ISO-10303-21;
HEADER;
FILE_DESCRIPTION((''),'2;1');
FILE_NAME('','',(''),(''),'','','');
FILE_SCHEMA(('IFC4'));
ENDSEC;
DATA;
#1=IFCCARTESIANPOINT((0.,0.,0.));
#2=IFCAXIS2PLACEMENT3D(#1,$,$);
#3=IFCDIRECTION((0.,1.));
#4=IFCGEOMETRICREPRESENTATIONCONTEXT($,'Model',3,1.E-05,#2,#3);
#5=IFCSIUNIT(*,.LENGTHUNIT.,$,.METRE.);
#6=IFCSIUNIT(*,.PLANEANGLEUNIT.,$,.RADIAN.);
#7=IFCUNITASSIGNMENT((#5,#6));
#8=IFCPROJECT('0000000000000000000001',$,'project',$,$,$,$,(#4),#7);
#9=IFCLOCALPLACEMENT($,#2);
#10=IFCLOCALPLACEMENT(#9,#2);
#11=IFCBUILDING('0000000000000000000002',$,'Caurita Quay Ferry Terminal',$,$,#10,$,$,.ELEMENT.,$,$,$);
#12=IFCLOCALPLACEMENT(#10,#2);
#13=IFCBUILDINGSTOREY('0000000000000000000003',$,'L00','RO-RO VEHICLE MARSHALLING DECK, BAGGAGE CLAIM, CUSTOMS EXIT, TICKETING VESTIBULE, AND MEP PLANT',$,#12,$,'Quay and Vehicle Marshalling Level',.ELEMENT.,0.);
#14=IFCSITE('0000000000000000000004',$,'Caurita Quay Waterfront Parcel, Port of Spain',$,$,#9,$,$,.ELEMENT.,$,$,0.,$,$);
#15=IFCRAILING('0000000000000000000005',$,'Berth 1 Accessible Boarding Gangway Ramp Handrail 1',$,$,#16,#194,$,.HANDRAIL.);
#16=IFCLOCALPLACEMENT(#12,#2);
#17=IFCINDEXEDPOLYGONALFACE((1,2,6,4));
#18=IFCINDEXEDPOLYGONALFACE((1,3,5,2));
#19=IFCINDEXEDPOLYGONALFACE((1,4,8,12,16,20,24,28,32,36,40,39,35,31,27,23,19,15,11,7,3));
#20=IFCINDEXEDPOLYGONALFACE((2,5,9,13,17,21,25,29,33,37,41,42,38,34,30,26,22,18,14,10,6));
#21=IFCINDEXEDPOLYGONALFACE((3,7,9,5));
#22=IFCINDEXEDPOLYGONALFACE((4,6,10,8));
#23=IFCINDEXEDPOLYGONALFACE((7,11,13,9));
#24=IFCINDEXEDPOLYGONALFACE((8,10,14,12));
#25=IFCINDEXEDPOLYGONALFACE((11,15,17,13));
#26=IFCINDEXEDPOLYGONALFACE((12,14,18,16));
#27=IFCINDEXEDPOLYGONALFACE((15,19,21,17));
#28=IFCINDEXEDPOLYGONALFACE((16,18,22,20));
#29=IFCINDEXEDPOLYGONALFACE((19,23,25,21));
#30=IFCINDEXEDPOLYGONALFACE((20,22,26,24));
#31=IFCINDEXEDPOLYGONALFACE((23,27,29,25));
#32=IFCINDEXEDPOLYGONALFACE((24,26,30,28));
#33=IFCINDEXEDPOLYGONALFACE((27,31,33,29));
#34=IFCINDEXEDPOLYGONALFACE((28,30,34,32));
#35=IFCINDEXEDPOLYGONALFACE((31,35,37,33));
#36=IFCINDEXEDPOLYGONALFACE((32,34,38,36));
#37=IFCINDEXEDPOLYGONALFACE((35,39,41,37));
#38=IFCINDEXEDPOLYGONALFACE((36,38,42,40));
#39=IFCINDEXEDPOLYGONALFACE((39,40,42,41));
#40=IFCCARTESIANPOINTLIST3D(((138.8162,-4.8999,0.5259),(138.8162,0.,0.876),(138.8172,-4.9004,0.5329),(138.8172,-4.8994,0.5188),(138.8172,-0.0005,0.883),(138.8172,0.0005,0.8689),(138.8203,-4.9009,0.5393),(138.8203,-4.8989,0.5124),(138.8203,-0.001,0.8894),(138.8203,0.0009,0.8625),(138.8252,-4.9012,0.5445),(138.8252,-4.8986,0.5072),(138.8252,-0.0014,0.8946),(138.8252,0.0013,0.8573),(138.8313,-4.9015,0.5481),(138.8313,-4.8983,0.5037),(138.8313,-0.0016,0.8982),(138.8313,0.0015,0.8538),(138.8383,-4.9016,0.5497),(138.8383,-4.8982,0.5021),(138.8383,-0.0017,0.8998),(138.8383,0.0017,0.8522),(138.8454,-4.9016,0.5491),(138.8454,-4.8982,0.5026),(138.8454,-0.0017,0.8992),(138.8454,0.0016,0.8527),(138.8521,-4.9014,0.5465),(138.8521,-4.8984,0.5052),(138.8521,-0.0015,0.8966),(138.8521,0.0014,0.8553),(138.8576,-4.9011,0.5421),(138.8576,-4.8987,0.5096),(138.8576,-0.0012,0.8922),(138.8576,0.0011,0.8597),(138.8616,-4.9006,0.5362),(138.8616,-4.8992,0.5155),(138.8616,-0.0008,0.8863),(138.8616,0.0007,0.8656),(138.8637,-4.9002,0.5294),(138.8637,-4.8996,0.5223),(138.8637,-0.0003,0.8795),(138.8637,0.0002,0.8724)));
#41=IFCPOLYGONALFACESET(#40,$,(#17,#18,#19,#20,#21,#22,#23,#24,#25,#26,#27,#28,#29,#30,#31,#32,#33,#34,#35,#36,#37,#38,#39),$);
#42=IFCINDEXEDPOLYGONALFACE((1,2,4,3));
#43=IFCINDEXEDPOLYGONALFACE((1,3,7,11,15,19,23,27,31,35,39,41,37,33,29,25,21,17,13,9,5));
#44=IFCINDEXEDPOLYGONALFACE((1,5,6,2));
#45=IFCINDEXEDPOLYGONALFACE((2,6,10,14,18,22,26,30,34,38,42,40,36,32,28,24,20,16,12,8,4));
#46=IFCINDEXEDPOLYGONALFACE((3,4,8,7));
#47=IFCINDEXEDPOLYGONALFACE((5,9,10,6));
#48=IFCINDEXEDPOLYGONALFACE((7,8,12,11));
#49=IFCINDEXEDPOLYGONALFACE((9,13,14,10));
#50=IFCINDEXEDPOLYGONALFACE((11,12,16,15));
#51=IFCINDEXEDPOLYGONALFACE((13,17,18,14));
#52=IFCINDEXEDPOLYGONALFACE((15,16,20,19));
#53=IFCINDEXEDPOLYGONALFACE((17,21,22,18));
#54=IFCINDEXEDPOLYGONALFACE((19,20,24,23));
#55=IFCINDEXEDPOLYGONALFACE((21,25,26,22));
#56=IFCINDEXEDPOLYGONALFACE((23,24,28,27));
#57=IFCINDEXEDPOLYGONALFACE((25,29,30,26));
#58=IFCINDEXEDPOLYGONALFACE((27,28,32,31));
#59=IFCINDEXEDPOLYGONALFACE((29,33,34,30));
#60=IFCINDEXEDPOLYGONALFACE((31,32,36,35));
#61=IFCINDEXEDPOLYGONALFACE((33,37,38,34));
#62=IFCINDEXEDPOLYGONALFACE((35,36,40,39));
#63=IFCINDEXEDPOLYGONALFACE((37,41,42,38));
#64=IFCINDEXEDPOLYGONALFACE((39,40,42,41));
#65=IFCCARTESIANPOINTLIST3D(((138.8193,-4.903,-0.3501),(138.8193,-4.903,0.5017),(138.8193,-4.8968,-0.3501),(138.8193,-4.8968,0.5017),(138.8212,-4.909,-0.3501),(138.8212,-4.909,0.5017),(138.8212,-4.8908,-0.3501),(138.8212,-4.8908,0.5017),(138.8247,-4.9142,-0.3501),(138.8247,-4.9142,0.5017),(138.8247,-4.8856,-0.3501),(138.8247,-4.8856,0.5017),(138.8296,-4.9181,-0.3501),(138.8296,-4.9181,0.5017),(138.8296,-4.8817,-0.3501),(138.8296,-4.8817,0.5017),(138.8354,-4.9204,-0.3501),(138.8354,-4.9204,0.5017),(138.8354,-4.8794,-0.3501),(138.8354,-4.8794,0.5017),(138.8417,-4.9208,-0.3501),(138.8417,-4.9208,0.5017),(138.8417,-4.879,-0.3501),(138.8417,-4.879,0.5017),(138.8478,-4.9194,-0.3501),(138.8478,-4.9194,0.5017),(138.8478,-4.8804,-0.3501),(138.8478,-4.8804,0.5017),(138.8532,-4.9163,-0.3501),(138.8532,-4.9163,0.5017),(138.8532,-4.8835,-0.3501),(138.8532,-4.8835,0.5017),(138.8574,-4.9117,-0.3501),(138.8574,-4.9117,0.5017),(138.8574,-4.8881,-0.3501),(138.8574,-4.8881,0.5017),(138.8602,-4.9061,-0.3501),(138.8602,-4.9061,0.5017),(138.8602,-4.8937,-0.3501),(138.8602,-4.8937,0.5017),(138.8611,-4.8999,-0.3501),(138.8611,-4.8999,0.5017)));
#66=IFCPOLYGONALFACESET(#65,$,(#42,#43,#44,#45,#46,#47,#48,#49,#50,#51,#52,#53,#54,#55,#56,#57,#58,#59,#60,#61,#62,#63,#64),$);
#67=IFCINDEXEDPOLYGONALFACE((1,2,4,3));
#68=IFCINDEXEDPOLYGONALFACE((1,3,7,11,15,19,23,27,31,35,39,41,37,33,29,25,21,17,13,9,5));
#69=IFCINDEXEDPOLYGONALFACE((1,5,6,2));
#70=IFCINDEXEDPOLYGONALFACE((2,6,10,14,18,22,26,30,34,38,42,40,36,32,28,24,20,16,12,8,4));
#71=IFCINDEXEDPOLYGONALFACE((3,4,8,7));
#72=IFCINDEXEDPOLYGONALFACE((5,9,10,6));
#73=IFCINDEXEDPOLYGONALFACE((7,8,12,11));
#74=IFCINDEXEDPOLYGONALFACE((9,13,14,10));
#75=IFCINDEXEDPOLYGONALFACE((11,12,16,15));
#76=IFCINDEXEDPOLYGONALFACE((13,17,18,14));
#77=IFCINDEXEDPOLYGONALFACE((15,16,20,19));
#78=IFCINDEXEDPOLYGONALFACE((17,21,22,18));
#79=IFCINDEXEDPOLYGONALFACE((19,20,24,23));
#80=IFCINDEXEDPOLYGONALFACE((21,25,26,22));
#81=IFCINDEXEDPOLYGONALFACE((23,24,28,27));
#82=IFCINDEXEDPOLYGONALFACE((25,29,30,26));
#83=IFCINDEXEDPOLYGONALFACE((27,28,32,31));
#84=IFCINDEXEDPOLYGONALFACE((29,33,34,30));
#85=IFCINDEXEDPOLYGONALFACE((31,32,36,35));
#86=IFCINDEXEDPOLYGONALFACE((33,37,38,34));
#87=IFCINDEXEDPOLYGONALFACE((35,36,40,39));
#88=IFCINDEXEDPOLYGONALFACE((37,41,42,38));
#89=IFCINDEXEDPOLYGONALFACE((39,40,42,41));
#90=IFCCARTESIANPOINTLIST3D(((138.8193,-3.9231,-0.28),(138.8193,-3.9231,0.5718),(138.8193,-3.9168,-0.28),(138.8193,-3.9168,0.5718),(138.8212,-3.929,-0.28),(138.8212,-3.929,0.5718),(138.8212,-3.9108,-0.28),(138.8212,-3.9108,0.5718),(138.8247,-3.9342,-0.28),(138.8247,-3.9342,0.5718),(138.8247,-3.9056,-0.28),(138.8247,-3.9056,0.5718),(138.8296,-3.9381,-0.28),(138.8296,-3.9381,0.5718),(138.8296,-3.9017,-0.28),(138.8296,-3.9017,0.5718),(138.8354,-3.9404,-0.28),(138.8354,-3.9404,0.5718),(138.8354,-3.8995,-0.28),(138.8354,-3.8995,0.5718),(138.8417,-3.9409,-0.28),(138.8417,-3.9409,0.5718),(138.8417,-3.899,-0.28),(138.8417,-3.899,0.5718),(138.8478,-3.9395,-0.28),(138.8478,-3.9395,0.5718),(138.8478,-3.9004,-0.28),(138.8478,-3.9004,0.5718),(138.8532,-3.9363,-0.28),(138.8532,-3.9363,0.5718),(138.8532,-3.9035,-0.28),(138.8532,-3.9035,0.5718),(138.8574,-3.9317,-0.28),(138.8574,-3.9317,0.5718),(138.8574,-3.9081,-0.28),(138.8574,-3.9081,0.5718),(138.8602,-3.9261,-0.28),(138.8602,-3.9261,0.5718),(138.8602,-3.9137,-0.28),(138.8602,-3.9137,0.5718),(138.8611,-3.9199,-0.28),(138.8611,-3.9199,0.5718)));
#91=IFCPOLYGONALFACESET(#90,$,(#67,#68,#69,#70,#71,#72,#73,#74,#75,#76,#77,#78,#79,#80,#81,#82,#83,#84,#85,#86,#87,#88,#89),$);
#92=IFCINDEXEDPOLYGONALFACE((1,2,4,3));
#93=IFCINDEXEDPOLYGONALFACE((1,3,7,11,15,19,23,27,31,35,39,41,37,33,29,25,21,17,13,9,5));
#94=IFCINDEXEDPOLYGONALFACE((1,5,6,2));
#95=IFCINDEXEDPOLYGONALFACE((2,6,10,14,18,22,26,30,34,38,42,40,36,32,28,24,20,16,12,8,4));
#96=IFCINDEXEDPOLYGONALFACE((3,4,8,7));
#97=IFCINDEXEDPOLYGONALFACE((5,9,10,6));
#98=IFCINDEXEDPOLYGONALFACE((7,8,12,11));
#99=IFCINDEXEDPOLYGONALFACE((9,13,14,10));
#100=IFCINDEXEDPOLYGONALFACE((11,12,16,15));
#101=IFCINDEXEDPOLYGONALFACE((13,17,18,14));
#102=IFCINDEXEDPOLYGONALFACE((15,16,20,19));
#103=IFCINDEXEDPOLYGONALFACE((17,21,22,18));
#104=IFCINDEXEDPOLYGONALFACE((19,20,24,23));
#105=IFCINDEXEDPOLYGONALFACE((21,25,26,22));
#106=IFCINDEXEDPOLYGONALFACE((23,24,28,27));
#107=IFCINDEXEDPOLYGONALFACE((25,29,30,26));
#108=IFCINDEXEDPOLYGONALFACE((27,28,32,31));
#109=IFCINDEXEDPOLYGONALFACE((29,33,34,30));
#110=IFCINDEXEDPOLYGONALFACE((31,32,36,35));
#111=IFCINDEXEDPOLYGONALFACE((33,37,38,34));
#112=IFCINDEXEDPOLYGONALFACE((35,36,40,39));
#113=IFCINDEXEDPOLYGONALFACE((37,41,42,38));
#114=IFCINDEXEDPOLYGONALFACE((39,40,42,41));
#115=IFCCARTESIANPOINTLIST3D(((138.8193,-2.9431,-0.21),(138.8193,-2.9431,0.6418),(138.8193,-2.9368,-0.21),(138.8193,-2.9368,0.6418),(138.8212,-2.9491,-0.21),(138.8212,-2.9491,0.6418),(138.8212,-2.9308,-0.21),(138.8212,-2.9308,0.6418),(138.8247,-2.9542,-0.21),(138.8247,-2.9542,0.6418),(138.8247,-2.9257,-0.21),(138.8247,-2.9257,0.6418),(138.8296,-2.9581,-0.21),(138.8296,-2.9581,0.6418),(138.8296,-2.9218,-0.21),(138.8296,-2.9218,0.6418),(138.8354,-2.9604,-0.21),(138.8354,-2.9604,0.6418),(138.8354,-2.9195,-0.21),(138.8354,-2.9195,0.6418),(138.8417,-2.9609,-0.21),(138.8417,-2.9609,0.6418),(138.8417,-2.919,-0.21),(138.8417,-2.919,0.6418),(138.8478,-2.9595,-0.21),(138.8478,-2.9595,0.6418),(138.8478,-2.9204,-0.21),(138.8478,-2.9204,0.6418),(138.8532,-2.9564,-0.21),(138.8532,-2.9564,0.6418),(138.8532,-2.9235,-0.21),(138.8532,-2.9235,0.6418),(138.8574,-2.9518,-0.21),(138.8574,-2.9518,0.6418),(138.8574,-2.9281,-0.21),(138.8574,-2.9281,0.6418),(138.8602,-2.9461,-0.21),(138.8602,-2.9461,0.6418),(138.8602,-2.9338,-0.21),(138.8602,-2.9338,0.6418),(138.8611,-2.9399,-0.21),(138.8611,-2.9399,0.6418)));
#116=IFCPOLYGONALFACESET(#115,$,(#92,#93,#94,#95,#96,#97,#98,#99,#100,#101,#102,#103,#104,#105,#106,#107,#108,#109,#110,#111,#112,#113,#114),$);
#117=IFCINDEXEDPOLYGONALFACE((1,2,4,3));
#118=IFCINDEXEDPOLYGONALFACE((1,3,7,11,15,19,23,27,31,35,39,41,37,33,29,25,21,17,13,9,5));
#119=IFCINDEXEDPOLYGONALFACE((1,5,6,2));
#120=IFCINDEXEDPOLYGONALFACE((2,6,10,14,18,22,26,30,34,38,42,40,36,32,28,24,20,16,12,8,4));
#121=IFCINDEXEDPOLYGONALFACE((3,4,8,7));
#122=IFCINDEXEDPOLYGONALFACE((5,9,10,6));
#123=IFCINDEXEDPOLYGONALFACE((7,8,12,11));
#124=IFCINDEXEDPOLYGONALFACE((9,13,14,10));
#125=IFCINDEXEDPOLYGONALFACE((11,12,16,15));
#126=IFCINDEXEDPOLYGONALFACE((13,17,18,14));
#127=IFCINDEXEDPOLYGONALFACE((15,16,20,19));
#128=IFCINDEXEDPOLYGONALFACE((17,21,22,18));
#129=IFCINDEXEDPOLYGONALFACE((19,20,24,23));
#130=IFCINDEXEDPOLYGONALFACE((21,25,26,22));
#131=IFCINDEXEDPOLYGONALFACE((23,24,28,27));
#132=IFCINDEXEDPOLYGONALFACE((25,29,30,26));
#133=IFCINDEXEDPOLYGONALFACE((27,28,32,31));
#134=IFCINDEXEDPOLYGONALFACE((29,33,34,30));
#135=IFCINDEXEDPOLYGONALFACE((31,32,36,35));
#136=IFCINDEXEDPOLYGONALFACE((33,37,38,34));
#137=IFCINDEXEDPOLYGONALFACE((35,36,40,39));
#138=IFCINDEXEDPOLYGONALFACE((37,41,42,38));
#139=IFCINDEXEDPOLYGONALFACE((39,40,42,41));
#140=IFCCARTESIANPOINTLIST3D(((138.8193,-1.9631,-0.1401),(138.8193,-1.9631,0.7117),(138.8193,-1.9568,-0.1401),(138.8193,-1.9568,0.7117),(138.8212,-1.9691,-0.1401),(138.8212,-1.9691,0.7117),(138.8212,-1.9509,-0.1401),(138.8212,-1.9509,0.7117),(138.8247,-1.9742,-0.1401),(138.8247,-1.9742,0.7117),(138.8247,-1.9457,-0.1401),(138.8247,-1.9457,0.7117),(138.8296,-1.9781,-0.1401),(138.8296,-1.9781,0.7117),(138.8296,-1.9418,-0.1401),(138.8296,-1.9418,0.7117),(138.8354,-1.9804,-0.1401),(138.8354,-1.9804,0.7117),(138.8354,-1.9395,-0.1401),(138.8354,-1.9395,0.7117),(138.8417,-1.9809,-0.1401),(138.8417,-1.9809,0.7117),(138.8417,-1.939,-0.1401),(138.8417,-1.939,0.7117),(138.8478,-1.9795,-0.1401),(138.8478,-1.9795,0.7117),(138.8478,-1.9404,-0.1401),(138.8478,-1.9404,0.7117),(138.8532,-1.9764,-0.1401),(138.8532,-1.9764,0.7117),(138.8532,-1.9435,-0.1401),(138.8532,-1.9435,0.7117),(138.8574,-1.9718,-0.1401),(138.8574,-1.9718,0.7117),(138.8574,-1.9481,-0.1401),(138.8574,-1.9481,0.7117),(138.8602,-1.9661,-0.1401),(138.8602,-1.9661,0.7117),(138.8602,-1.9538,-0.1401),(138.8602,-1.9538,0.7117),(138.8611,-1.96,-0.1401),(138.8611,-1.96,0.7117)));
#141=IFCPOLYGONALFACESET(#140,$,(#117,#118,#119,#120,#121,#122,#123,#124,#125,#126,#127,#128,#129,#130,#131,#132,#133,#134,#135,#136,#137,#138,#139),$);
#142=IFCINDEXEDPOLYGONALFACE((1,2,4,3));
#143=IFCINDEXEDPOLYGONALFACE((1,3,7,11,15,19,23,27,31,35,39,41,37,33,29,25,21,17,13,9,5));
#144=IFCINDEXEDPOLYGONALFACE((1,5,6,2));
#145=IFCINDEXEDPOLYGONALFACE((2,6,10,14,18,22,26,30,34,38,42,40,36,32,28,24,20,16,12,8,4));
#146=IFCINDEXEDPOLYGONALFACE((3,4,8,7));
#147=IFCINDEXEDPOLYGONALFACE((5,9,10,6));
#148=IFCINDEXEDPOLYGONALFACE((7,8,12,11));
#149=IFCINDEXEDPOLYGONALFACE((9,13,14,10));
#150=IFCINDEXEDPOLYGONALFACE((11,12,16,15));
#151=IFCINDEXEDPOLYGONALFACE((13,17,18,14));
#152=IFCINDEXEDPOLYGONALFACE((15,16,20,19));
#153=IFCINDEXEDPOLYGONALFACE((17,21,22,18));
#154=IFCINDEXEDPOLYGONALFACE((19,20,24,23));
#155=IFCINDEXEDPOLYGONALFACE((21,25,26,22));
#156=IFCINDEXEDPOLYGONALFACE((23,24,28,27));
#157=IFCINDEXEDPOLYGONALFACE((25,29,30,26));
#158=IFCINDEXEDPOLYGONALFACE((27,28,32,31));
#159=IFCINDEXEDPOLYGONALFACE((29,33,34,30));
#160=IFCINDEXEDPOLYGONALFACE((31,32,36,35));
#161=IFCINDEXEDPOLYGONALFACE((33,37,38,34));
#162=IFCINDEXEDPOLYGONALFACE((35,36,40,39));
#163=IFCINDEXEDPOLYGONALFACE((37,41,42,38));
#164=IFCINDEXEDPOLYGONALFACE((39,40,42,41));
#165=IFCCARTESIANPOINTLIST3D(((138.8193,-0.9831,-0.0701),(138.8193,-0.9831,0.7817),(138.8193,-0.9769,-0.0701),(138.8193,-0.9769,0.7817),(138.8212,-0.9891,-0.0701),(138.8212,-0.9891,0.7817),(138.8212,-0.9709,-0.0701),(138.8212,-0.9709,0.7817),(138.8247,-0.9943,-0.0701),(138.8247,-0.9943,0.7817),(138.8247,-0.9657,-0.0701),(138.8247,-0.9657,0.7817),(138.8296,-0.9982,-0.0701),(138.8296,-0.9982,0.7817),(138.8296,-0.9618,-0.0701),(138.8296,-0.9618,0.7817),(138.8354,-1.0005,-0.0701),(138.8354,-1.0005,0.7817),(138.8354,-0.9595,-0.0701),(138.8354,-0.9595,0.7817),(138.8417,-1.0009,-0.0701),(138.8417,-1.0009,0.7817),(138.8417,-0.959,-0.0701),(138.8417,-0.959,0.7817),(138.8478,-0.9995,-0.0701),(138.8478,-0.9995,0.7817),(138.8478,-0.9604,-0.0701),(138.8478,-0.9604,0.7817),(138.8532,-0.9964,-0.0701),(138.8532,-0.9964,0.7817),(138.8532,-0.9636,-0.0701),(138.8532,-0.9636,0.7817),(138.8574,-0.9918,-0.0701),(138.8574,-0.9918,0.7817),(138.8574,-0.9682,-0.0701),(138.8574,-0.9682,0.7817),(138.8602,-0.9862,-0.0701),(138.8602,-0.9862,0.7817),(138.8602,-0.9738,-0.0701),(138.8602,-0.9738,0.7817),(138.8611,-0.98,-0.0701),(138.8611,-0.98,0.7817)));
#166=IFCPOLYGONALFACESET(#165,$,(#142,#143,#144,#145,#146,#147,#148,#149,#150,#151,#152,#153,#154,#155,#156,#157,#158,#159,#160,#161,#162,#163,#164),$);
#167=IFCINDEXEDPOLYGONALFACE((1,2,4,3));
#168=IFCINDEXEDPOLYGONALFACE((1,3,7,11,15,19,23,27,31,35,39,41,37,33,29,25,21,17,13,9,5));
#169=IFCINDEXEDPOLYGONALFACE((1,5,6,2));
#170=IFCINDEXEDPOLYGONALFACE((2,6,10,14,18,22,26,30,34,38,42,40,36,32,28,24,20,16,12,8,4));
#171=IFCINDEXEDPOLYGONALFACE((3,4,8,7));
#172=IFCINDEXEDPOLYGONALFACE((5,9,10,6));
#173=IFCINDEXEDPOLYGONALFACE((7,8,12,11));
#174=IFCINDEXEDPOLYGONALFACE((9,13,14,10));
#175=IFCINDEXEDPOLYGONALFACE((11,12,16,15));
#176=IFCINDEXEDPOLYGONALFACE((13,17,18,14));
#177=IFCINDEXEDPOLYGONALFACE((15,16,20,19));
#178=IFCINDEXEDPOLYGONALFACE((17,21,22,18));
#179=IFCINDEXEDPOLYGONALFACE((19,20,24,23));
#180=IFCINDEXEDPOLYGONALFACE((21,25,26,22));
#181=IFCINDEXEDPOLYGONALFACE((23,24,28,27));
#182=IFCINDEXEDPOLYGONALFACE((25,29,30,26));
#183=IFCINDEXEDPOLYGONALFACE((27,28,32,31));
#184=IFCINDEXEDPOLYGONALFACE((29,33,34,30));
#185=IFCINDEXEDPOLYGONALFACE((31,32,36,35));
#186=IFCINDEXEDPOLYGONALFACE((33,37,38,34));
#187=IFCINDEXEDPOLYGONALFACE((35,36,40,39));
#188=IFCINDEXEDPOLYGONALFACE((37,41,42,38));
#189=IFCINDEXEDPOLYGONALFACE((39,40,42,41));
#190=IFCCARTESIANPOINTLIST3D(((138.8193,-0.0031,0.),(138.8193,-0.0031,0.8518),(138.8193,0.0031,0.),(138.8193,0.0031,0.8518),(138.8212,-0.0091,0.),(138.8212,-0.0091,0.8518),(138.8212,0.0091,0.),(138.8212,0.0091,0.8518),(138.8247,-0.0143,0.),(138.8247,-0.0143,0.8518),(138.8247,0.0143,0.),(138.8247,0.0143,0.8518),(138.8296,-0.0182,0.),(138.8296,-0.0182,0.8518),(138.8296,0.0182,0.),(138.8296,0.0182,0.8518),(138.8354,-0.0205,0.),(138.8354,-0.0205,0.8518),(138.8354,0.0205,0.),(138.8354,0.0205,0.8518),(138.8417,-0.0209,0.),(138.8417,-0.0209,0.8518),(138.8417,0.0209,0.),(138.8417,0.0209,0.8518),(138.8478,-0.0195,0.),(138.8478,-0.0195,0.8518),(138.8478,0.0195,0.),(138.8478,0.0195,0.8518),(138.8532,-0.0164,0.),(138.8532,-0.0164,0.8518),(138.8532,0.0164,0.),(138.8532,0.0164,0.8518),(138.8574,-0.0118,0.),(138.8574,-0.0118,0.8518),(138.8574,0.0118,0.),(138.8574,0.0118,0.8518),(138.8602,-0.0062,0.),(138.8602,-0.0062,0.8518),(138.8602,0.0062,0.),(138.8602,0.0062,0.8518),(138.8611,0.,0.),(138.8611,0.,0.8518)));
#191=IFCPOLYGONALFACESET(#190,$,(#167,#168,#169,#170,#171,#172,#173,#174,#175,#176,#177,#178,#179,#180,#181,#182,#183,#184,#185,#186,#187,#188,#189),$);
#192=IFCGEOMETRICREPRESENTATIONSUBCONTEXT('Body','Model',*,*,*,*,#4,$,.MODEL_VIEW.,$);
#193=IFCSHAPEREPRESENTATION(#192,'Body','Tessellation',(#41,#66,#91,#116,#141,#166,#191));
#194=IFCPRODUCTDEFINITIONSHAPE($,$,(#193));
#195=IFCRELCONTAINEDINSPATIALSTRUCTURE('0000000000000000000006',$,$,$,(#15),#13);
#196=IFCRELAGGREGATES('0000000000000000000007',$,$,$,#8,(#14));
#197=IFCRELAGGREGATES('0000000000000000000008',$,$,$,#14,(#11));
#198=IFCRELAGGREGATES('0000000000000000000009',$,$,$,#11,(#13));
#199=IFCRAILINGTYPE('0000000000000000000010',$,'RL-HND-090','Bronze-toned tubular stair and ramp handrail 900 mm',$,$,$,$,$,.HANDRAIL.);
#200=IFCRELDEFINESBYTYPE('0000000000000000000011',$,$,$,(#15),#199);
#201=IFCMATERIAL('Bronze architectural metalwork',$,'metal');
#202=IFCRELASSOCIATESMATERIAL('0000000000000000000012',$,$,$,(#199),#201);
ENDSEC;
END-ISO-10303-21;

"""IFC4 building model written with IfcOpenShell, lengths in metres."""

from ifc_helpers import new_model, si_unit, direction, frame, origin, origin_2d, place, context, subcontext, project, spatial, circle, extrude, material, type_object, element, save


model = new_model("IFC4")

# Units and contexts
model_context = context("Model", 3, precision=1e-05, world=origin(), true_north=direction((0.0, 1.0)))
body_context = subcontext(model_context, "Body", "Model", "MODEL_VIEW")
ifc_project = project(units=[si_unit("LENGTHUNIT", "METRE"), si_unit("PLANEANGLEUNIT", "RADIAN")], contexts=[model_context])

# Site, building, storey
site_placement = place(None, origin())
site = spatial("IfcSite", under=ifc_project, at=site_placement, Name="Caurita Quay Waterfront Parcel, Port of Spain", CompositionType="ELEMENT", RefElevation=0.0)
building_placement = place(site_placement, origin())
building = spatial("IfcBuilding", under=site, at=building_placement, Name="Caurita Quay Ferry Terminal", CompositionType="ELEMENT")
storey_placement = place(building_placement, origin())
storey = spatial("IfcBuildingStorey", under=building, at=storey_placement, Name="L00", Description="RO-RO VEHICLE MARSHALLING DECK, BAGGAGE CLAIM, CUSTOMS EXIT, TICKETING VESTIBULE, AND MEP PLANT", LongName="Quay and Vehicle Marshalling Level", CompositionType="ELEMENT", Elevation=0.0)

# Railing
ifc_material_1 = material(Name="Bronze architectural metalwork", Category="metal")
railing_type_1 = type_object("IfcRailingType", Name="RL-HND-090", Description="Bronze-toned tubular stair and ramp handrail 900 mm", PredefinedType="HANDRAIL", material=ifc_material_1)
for number, where, name in (
    (1, (138.8401, -4.8999, -0.3501), "Berth 1 Accessible Boarding Gangway Ramp Handrail 1"),
):
    element("IfcRailing", number, at=place(storey_placement, frame(where)), inside=storey, type_object=railing_type_1, Name=name, PredefinedType="HANDRAIL", context=body_context, shape_type="SweptSolid", body=[
        extrude(circle(Radius=0.0239, at=origin_2d()), frame((0.0, 0.0, 0.876), z_axis=(0.0, 0.997457, 0.071268), x_axis=(-1.0, 0.0, 0.0)), (0.0, 0.0, 1.0), 4.9124),
        extrude(circle(Radius=0.021, at=origin_2d()), origin(), (0.0, 0.0, 1.0), 0.8518),
        extrude(circle(Radius=0.021, at=origin_2d()), frame((0.0, 0.98, 0.0701)), (0.0, 0.0, 1.0), 0.8518),
        extrude(circle(Radius=0.021, at=origin_2d()), frame((0.0, 1.96, 0.1401)), (0.0, 0.0, 1.0), 0.8518),
        extrude(circle(Radius=0.021, at=origin_2d()), frame((0.0, 2.9399, 0.21)), (0.0, 0.0, 1.0), 0.8518),
        extrude(circle(Radius=0.021, at=origin_2d()), frame((0.0, 3.9199, 0.28)), (0.0, 0.0, 1.0), 0.8518),
        extrude(circle(Radius=0.021, at=origin_2d()), frame((0.0, 4.8999, 0.3501)), (0.0, 0.0, 1.0), 0.8518),
    ])

save(model, "model.ifc")
